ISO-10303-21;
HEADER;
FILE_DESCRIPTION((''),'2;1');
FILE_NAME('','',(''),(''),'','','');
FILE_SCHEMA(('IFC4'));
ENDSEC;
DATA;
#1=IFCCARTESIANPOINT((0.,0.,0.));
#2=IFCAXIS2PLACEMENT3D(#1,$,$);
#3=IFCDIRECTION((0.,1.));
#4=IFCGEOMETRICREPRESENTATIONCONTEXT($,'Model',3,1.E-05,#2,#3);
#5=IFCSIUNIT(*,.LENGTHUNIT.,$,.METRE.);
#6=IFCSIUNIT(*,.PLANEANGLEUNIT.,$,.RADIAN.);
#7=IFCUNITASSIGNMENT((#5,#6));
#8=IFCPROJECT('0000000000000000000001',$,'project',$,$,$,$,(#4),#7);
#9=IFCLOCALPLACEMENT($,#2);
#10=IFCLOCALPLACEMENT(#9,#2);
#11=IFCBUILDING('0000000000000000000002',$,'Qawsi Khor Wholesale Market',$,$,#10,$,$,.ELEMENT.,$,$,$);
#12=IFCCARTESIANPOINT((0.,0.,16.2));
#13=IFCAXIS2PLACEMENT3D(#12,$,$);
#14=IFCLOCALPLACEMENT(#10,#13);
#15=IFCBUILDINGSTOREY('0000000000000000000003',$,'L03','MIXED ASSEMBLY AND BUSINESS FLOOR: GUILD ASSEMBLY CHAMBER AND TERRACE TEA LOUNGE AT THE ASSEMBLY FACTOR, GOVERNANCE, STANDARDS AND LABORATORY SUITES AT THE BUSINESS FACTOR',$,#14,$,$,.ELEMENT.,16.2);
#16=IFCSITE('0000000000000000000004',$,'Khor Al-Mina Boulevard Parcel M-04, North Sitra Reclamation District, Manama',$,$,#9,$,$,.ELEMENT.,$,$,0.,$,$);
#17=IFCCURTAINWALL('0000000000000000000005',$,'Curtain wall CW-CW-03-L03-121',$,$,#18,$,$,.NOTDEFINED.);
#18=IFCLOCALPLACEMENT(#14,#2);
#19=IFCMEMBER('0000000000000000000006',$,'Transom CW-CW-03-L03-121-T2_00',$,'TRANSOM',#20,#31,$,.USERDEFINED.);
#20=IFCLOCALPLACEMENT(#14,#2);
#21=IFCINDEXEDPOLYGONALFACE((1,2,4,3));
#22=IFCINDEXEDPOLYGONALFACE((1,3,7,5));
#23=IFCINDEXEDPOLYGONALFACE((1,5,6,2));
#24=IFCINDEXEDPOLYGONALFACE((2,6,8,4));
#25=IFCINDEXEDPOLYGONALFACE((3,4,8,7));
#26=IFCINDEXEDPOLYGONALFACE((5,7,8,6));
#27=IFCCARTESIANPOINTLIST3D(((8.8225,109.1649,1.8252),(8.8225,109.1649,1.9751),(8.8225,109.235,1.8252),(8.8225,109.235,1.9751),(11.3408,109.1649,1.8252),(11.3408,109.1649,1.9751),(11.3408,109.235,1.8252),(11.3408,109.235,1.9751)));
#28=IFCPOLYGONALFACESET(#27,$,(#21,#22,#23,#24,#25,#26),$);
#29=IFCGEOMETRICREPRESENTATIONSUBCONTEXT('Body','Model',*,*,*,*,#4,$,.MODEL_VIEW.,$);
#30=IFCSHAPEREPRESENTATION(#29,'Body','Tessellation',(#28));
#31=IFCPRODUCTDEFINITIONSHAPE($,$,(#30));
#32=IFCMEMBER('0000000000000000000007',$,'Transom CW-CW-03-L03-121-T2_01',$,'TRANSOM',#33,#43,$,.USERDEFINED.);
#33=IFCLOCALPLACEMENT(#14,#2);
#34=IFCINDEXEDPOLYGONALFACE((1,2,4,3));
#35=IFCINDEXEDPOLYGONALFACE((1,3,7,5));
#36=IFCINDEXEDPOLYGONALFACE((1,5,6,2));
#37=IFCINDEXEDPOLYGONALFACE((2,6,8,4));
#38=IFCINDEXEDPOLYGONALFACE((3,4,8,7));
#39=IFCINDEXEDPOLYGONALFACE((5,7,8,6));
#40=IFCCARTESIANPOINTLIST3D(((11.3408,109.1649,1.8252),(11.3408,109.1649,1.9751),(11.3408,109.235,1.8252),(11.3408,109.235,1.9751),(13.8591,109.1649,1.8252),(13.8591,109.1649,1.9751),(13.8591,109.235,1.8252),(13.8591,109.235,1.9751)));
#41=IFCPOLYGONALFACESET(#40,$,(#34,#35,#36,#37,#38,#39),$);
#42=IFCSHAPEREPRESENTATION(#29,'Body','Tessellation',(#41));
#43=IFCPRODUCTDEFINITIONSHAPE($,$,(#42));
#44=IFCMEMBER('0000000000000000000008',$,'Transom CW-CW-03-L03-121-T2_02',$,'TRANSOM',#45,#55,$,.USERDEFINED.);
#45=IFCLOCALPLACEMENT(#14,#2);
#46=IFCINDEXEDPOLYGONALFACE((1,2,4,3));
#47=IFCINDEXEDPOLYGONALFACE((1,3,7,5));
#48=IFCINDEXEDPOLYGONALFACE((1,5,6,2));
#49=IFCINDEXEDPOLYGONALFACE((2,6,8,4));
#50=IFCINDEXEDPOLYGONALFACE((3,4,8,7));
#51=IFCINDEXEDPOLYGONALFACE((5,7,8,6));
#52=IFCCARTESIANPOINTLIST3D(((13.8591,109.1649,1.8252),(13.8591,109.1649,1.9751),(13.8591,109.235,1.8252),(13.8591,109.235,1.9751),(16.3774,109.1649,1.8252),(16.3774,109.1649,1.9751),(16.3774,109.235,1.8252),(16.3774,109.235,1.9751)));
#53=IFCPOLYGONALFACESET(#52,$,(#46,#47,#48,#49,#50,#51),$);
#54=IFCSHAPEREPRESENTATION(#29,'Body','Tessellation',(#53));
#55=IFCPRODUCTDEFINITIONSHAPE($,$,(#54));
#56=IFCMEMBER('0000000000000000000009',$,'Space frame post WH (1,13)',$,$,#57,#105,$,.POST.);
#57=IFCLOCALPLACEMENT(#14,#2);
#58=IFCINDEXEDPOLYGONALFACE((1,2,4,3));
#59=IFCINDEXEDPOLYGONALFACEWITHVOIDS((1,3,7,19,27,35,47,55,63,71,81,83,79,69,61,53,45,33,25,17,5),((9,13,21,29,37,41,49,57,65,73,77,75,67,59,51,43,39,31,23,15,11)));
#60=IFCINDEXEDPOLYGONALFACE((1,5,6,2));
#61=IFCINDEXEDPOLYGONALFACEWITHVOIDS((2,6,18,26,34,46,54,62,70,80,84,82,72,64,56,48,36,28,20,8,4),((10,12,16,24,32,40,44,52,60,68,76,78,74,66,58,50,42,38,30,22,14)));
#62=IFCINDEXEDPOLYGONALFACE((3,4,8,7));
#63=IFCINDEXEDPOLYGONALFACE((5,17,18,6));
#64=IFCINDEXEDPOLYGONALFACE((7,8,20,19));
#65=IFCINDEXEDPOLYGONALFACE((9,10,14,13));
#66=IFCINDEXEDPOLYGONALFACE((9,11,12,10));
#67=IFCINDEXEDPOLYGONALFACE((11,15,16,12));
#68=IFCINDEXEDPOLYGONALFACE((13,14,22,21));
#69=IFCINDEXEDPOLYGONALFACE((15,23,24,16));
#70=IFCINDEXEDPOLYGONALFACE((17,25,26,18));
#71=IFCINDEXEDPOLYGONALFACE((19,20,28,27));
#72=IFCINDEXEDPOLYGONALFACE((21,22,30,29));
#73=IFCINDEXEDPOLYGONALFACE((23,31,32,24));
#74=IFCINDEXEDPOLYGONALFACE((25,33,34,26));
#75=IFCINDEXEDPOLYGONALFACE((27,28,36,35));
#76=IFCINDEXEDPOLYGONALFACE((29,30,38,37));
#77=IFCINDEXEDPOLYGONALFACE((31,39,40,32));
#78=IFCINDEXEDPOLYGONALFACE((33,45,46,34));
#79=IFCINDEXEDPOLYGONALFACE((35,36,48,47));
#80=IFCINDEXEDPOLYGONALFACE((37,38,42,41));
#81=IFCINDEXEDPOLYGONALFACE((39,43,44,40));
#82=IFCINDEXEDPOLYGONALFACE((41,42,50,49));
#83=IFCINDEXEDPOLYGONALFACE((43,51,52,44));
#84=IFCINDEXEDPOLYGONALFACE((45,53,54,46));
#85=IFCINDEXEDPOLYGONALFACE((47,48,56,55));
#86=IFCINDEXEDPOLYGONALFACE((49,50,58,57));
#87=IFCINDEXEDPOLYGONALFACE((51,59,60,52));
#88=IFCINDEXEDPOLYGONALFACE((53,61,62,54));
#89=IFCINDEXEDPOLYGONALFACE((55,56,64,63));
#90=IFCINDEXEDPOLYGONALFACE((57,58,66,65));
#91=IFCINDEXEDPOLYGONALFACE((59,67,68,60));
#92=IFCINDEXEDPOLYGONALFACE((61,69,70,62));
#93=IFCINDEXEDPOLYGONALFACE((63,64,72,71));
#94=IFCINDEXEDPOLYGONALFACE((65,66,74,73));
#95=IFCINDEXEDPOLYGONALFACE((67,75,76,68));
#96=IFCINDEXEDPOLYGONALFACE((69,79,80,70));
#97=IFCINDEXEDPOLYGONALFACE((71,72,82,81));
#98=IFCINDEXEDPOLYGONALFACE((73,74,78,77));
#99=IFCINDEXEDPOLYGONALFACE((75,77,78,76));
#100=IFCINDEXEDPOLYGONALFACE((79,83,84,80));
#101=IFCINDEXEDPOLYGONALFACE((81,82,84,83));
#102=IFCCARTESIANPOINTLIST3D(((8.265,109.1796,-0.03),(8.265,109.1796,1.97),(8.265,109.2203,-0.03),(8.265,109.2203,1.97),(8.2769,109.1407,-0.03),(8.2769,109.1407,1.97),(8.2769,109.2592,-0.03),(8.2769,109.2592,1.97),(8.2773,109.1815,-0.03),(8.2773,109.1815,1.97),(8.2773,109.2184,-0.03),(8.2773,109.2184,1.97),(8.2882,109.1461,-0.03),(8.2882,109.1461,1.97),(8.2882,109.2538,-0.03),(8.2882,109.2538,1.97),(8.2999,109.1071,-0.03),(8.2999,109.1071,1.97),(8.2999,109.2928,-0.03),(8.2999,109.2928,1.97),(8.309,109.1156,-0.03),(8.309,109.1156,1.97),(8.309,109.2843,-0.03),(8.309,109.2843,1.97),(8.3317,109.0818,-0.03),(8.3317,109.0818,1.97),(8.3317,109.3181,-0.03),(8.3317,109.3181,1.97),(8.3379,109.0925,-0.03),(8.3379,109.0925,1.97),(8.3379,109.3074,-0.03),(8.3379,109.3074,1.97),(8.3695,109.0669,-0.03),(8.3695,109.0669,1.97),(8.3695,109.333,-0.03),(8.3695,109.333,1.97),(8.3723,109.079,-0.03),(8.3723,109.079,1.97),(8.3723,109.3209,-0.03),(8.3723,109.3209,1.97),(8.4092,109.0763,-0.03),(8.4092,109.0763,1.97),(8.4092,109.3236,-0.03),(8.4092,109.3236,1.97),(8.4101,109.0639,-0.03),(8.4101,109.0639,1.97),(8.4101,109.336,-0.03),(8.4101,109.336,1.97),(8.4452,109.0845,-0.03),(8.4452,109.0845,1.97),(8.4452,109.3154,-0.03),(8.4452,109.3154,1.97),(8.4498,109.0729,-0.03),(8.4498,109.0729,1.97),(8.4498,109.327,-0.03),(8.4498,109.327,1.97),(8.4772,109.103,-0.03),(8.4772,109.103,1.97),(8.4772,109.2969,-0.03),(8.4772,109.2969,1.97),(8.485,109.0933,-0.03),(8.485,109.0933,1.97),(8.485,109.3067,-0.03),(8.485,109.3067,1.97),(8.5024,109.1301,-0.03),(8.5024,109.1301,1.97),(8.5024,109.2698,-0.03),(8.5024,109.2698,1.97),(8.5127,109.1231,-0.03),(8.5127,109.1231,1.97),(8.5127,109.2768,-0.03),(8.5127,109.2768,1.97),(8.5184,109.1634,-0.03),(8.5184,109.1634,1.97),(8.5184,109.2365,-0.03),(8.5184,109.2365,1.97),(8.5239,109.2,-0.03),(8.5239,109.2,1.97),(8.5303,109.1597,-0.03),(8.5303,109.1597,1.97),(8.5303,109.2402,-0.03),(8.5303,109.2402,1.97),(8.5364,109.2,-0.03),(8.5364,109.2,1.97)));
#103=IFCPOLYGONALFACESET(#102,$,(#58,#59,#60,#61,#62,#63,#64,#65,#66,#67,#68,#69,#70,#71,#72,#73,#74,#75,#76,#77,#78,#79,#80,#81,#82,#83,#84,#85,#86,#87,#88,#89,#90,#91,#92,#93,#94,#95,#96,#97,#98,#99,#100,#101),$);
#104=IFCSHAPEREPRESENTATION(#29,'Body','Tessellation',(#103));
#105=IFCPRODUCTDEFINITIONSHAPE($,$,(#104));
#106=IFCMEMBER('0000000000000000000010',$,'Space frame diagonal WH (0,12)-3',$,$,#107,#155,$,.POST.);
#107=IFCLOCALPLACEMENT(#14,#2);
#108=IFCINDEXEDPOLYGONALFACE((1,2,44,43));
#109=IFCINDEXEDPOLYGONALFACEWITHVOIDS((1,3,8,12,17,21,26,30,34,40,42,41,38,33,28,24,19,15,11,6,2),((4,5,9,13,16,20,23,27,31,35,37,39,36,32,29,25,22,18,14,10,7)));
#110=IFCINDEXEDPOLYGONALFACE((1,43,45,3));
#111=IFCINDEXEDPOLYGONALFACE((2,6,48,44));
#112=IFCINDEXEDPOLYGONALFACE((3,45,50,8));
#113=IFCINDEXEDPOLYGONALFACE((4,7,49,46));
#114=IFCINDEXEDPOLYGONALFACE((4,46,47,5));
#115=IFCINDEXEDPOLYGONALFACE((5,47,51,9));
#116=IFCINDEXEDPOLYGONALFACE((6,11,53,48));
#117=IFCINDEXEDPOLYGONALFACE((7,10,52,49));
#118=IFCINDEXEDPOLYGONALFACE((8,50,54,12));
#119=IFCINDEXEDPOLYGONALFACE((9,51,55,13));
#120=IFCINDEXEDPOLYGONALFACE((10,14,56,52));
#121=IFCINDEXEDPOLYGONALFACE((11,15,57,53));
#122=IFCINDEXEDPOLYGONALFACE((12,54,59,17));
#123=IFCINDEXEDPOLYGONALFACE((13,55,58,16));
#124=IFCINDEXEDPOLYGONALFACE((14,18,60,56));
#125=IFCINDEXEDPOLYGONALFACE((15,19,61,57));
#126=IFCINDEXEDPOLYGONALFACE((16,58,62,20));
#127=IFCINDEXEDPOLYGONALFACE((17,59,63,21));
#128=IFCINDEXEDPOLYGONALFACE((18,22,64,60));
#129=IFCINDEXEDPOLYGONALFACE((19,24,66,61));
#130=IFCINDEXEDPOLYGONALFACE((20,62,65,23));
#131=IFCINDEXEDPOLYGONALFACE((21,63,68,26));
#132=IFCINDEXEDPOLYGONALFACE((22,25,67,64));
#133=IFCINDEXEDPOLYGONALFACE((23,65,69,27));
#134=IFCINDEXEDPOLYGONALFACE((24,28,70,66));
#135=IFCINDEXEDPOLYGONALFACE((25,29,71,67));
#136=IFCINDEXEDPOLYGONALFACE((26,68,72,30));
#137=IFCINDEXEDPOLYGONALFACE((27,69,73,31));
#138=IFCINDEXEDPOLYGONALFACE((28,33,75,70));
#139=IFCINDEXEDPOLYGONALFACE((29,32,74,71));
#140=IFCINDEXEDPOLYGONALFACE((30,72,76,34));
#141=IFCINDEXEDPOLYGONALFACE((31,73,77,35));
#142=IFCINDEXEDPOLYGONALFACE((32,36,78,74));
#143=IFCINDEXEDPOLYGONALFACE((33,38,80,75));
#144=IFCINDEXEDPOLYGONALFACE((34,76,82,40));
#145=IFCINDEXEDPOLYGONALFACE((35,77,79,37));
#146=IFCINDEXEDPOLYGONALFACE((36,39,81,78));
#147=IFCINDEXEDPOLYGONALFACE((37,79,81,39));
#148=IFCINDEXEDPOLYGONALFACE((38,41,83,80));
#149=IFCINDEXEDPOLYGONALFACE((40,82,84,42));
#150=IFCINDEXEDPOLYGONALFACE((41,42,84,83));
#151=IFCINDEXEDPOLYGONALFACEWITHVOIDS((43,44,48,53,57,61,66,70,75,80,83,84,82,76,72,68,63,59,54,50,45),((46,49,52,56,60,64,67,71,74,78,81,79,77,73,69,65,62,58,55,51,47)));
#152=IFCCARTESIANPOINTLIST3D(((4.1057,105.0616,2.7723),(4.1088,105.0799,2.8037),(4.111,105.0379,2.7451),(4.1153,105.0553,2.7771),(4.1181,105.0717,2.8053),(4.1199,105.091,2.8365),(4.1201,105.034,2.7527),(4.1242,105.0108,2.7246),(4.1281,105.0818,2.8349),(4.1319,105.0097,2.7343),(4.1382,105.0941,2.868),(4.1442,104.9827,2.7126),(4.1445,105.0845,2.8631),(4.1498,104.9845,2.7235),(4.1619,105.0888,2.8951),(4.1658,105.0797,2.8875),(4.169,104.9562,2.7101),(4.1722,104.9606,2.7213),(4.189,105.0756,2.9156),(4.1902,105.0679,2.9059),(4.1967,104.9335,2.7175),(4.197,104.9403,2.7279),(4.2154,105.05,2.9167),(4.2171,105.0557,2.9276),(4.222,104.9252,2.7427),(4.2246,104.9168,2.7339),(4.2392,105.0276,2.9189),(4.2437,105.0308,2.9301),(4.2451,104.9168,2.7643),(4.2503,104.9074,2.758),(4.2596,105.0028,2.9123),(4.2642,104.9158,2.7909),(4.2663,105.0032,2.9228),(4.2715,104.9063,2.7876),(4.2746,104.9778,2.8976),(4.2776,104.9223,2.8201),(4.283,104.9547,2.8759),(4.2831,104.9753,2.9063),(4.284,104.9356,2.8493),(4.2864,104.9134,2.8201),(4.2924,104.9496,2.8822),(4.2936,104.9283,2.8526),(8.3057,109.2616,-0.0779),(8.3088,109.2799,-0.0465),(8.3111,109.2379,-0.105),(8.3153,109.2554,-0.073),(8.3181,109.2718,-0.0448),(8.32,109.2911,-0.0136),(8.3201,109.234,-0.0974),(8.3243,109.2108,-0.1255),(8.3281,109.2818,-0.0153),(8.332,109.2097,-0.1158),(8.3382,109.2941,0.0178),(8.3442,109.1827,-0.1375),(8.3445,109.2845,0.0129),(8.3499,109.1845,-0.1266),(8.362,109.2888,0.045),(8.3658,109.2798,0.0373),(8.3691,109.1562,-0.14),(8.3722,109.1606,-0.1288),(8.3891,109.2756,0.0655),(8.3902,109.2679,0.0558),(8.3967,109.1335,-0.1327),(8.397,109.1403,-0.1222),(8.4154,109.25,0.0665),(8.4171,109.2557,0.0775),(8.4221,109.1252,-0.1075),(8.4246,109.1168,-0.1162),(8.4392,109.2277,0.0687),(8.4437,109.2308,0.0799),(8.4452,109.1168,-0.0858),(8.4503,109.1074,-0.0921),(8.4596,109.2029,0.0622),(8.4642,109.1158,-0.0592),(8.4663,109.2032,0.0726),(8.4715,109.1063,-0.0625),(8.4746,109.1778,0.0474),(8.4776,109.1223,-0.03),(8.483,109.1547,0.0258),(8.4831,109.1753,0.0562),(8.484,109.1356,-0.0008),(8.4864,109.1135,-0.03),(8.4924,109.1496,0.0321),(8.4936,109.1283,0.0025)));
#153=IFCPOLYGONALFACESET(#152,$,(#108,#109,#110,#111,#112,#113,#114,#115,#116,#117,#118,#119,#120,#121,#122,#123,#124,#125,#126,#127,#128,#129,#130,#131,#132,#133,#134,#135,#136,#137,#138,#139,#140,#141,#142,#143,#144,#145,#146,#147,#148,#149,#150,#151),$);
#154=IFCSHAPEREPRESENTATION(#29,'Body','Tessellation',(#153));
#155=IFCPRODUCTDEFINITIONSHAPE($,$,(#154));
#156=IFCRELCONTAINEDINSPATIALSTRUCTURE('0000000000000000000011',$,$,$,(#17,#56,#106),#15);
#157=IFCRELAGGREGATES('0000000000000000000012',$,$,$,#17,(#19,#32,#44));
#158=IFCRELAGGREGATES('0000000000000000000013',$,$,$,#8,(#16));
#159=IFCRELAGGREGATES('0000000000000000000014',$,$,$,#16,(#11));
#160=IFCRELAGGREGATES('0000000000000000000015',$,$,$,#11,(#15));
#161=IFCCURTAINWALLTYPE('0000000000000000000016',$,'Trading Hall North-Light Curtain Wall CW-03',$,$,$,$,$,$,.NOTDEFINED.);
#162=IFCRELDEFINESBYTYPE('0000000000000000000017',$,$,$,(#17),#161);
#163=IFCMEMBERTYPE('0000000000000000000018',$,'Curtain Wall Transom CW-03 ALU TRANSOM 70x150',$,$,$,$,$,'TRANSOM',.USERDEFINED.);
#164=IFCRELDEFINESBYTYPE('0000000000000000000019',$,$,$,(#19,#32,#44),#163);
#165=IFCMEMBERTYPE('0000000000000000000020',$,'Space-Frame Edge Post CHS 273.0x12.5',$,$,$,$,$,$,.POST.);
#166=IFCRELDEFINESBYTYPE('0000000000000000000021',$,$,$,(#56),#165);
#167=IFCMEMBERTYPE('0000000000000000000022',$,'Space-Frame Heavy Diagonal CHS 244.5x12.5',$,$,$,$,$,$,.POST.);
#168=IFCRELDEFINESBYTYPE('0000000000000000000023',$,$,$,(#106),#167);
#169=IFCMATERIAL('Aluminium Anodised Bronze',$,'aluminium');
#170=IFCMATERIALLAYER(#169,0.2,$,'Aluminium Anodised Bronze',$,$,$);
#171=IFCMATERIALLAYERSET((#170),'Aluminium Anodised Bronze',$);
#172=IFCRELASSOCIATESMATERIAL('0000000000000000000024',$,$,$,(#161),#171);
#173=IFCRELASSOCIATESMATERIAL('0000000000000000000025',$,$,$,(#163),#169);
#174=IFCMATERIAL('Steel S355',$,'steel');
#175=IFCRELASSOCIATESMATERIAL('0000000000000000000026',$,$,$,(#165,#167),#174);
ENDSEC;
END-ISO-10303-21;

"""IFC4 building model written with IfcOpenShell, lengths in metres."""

from ifc_helpers import new_model, si_unit, direction, frame, origin, origin_2d, place, context, subcontext, project, spatial, rectangle, hollow_circle, extrude, material, layer, layer_set, material_profile, profile_set, type_object, element, aggregate, save


model = new_model("IFC4")

# Units and contexts
model_context = context("Model", 3, precision=1e-05, world=origin(), true_north=direction((0.0, 1.0)))
body_context = subcontext(model_context, "Body", "Model", "MODEL_VIEW")
ifc_project = project(units=[si_unit("LENGTHUNIT", "METRE"), si_unit("PLANEANGLEUNIT", "RADIAN")], contexts=[model_context])

# Site, building, storey
site_placement = place(None, origin())
site = spatial("IfcSite", under=ifc_project, at=site_placement, Name="Khor Al-Mina Boulevard Parcel M-04, North Sitra Reclamation District, Manama", CompositionType="ELEMENT", RefElevation=0.0)
building_placement = place(site_placement, origin())
building = spatial("IfcBuilding", under=site, at=building_placement, Name="Qawsi Khor Wholesale Market", CompositionType="ELEMENT")
storey_placement = place(building_placement, frame((0.0, 0.0, 16.2)))
storey = spatial("IfcBuildingStorey", under=building, at=storey_placement, Name="L03", Description="MIXED ASSEMBLY AND BUSINESS FLOOR: GUILD ASSEMBLY CHAMBER AND TERRACE TEA LOUNGE AT THE ASSEMBLY FACTOR, GOVERNANCE, STANDARDS AND LABORATORY SUITES AT THE BUSINESS FACTOR", CompositionType="ELEMENT", Elevation=16.2)

# Curtain wall
ifc_material_1 = material(Name="Aluminium Anodised Bronze", Category="aluminium")
ifc_layer_1 = layer(ifc_material_1, 0.2, Name="Aluminium Anodised Bronze")
ifc_layer_set_1 = layer_set([ifc_layer_1], Name="Aluminium Anodised Bronze")
curtain_wall_type = type_object("IfcCurtainWallType", Name="Trading Hall North-Light Curtain Wall CW-03", PredefinedType="NOTDEFINED", material=ifc_layer_set_1)
curtain_wall_1_placement = place(storey_placement, origin())
curtain_wall_1 = element("IfcCurtainWall", 1, at=curtain_wall_1_placement, inside=storey, type_object=curtain_wall_type, Name="Curtain wall CW-CW-03-L03-121", PredefinedType="NOTDEFINED")

# Members
ifc_material_profile_1 = material_profile(ifc_material_1, rectangle(XDim=0.0701, YDim=0.1499, at=origin_2d()), Name="ALU TRANSOM 70x150")
ifc_profile_set_1 = profile_set([ifc_material_profile_1], Name="Aluminium Anodised Bronze")
member_type_1 = type_object("IfcMemberType", Name="Curtain Wall Transom CW-03 ALU TRANSOM 70x150", ElementType="TRANSOM", PredefinedType="USERDEFINED", material=ifc_profile_set_1)
member_1_placement = place(storey_placement, frame((8.8225, 109.2, 1.9001), z_axis=(1.0, 0.0, 0.0), x_axis=(0.0, 1.0, 0.0)))
member_1 = element("IfcMember", 2, at=member_1_placement, type_object=member_type_1, Name="Transom CW-CW-03-L03-121-T2_00", ObjectType="TRANSOM", PredefinedType="USERDEFINED", context=body_context, shape_type="SweptSolid", body=[
    extrude(rectangle(XDim=0.0701, YDim=0.1499, at=origin_2d()), origin(), (0.0, 0.0, 1.0), 2.5183),
])
member_2_placement = place(storey_placement, frame((11.3408, 109.2, 1.9001), z_axis=(1.0, 0.0, 0.0), x_axis=(0.0, 1.0, 0.0)))
member_2 = element("IfcMember", 3, at=member_2_placement, type_object=member_type_1, Name="Transom CW-CW-03-L03-121-T2_01", ObjectType="TRANSOM", PredefinedType="USERDEFINED", context=body_context, shape_type="SweptSolid", body=[
    extrude(rectangle(XDim=0.0701, YDim=0.1499, at=origin_2d()), origin(), (0.0, 0.0, 1.0), 2.5183),
])
member_3_placement = place(storey_placement, frame((13.8591, 109.2, 1.9001), z_axis=(1.0, 0.0, 0.0), x_axis=(0.0, 1.0, 0.0)))
member_3 = element("IfcMember", 4, at=member_3_placement, type_object=member_type_1, Name="Transom CW-CW-03-L03-121-T2_02", ObjectType="TRANSOM", PredefinedType="USERDEFINED", context=body_context, shape_type="SweptSolid", body=[
    extrude(rectangle(XDim=0.0701, YDim=0.1499, at=origin_2d()), origin(), (0.0, 0.0, 1.0), 2.5183),
])

# Members
ifc_material_2 = material(Name="Steel S355", Category="steel")
ifc_material_profile_2 = material_profile(ifc_material_2, hollow_circle(Radius=0.1365, WallThickness=0.0125, at=origin_2d()), Name="CHS 273.0x12.5")
ifc_profile_set_2 = profile_set([ifc_material_profile_2], Name="Steel S355")
member_type_2 = type_object("IfcMemberType", Name="Space-Frame Edge Post CHS 273.0x12.5", PredefinedType="POST", material=ifc_profile_set_2)
member_4_placement = place(storey_placement, frame((8.3999, 109.2, -0.03), z_axis=(0.0, 0.0, 1.0), x_axis=(1.0, 0.0, 0.0)))
element("IfcMember", 5, at=member_4_placement, inside=storey, type_object=member_type_2, Name="Space frame post WH (1,13)", PredefinedType="POST", context=body_context, shape_type="SweptSolid", body=[
    extrude(hollow_circle(Radius=0.1365, WallThickness=0.0125, at=origin_2d()), origin(), (0.0, 0.0, 1.0), 2.0),
])
ifc_material_profile_3 = material_profile(ifc_material_2, hollow_circle(Radius=0.1223, WallThickness=0.0125, at=origin_2d()), Name="CHS 244.5x12.5")
ifc_profile_set_3 = profile_set([ifc_material_profile_3], Name="Steel S355")
member_type_3 = type_object("IfcMemberType", Name="Space-Frame Heavy Diagonal CHS 244.5x12.5", PredefinedType="POST", material=ifc_profile_set_3)
for number, where, z_axis, x_axis, name in (
    (6, (8.3999, 109.2, -0.03), (-0.637512, -0.637512, 0.432617), (0.707107, -0.707107, 0.0), "Space frame diagonal WH (0,12)-3"),
):
    element("IfcMember", number, at=place(storey_placement, frame(where, z_axis=z_axis, x_axis=x_axis)), inside=storey, type_object=member_type_3, Name=name, PredefinedType="POST", context=body_context, shape_type="SweptSolid", body=[
        extrude(hollow_circle(Radius=0.1223, WallThickness=0.0125, at=origin_2d()), origin(), (0.0, 0.0, 1.0), 6.5881),
    ])

aggregate(curtain_wall_1, [member_1, member_2, member_3])

save(model, "model.ifc")
